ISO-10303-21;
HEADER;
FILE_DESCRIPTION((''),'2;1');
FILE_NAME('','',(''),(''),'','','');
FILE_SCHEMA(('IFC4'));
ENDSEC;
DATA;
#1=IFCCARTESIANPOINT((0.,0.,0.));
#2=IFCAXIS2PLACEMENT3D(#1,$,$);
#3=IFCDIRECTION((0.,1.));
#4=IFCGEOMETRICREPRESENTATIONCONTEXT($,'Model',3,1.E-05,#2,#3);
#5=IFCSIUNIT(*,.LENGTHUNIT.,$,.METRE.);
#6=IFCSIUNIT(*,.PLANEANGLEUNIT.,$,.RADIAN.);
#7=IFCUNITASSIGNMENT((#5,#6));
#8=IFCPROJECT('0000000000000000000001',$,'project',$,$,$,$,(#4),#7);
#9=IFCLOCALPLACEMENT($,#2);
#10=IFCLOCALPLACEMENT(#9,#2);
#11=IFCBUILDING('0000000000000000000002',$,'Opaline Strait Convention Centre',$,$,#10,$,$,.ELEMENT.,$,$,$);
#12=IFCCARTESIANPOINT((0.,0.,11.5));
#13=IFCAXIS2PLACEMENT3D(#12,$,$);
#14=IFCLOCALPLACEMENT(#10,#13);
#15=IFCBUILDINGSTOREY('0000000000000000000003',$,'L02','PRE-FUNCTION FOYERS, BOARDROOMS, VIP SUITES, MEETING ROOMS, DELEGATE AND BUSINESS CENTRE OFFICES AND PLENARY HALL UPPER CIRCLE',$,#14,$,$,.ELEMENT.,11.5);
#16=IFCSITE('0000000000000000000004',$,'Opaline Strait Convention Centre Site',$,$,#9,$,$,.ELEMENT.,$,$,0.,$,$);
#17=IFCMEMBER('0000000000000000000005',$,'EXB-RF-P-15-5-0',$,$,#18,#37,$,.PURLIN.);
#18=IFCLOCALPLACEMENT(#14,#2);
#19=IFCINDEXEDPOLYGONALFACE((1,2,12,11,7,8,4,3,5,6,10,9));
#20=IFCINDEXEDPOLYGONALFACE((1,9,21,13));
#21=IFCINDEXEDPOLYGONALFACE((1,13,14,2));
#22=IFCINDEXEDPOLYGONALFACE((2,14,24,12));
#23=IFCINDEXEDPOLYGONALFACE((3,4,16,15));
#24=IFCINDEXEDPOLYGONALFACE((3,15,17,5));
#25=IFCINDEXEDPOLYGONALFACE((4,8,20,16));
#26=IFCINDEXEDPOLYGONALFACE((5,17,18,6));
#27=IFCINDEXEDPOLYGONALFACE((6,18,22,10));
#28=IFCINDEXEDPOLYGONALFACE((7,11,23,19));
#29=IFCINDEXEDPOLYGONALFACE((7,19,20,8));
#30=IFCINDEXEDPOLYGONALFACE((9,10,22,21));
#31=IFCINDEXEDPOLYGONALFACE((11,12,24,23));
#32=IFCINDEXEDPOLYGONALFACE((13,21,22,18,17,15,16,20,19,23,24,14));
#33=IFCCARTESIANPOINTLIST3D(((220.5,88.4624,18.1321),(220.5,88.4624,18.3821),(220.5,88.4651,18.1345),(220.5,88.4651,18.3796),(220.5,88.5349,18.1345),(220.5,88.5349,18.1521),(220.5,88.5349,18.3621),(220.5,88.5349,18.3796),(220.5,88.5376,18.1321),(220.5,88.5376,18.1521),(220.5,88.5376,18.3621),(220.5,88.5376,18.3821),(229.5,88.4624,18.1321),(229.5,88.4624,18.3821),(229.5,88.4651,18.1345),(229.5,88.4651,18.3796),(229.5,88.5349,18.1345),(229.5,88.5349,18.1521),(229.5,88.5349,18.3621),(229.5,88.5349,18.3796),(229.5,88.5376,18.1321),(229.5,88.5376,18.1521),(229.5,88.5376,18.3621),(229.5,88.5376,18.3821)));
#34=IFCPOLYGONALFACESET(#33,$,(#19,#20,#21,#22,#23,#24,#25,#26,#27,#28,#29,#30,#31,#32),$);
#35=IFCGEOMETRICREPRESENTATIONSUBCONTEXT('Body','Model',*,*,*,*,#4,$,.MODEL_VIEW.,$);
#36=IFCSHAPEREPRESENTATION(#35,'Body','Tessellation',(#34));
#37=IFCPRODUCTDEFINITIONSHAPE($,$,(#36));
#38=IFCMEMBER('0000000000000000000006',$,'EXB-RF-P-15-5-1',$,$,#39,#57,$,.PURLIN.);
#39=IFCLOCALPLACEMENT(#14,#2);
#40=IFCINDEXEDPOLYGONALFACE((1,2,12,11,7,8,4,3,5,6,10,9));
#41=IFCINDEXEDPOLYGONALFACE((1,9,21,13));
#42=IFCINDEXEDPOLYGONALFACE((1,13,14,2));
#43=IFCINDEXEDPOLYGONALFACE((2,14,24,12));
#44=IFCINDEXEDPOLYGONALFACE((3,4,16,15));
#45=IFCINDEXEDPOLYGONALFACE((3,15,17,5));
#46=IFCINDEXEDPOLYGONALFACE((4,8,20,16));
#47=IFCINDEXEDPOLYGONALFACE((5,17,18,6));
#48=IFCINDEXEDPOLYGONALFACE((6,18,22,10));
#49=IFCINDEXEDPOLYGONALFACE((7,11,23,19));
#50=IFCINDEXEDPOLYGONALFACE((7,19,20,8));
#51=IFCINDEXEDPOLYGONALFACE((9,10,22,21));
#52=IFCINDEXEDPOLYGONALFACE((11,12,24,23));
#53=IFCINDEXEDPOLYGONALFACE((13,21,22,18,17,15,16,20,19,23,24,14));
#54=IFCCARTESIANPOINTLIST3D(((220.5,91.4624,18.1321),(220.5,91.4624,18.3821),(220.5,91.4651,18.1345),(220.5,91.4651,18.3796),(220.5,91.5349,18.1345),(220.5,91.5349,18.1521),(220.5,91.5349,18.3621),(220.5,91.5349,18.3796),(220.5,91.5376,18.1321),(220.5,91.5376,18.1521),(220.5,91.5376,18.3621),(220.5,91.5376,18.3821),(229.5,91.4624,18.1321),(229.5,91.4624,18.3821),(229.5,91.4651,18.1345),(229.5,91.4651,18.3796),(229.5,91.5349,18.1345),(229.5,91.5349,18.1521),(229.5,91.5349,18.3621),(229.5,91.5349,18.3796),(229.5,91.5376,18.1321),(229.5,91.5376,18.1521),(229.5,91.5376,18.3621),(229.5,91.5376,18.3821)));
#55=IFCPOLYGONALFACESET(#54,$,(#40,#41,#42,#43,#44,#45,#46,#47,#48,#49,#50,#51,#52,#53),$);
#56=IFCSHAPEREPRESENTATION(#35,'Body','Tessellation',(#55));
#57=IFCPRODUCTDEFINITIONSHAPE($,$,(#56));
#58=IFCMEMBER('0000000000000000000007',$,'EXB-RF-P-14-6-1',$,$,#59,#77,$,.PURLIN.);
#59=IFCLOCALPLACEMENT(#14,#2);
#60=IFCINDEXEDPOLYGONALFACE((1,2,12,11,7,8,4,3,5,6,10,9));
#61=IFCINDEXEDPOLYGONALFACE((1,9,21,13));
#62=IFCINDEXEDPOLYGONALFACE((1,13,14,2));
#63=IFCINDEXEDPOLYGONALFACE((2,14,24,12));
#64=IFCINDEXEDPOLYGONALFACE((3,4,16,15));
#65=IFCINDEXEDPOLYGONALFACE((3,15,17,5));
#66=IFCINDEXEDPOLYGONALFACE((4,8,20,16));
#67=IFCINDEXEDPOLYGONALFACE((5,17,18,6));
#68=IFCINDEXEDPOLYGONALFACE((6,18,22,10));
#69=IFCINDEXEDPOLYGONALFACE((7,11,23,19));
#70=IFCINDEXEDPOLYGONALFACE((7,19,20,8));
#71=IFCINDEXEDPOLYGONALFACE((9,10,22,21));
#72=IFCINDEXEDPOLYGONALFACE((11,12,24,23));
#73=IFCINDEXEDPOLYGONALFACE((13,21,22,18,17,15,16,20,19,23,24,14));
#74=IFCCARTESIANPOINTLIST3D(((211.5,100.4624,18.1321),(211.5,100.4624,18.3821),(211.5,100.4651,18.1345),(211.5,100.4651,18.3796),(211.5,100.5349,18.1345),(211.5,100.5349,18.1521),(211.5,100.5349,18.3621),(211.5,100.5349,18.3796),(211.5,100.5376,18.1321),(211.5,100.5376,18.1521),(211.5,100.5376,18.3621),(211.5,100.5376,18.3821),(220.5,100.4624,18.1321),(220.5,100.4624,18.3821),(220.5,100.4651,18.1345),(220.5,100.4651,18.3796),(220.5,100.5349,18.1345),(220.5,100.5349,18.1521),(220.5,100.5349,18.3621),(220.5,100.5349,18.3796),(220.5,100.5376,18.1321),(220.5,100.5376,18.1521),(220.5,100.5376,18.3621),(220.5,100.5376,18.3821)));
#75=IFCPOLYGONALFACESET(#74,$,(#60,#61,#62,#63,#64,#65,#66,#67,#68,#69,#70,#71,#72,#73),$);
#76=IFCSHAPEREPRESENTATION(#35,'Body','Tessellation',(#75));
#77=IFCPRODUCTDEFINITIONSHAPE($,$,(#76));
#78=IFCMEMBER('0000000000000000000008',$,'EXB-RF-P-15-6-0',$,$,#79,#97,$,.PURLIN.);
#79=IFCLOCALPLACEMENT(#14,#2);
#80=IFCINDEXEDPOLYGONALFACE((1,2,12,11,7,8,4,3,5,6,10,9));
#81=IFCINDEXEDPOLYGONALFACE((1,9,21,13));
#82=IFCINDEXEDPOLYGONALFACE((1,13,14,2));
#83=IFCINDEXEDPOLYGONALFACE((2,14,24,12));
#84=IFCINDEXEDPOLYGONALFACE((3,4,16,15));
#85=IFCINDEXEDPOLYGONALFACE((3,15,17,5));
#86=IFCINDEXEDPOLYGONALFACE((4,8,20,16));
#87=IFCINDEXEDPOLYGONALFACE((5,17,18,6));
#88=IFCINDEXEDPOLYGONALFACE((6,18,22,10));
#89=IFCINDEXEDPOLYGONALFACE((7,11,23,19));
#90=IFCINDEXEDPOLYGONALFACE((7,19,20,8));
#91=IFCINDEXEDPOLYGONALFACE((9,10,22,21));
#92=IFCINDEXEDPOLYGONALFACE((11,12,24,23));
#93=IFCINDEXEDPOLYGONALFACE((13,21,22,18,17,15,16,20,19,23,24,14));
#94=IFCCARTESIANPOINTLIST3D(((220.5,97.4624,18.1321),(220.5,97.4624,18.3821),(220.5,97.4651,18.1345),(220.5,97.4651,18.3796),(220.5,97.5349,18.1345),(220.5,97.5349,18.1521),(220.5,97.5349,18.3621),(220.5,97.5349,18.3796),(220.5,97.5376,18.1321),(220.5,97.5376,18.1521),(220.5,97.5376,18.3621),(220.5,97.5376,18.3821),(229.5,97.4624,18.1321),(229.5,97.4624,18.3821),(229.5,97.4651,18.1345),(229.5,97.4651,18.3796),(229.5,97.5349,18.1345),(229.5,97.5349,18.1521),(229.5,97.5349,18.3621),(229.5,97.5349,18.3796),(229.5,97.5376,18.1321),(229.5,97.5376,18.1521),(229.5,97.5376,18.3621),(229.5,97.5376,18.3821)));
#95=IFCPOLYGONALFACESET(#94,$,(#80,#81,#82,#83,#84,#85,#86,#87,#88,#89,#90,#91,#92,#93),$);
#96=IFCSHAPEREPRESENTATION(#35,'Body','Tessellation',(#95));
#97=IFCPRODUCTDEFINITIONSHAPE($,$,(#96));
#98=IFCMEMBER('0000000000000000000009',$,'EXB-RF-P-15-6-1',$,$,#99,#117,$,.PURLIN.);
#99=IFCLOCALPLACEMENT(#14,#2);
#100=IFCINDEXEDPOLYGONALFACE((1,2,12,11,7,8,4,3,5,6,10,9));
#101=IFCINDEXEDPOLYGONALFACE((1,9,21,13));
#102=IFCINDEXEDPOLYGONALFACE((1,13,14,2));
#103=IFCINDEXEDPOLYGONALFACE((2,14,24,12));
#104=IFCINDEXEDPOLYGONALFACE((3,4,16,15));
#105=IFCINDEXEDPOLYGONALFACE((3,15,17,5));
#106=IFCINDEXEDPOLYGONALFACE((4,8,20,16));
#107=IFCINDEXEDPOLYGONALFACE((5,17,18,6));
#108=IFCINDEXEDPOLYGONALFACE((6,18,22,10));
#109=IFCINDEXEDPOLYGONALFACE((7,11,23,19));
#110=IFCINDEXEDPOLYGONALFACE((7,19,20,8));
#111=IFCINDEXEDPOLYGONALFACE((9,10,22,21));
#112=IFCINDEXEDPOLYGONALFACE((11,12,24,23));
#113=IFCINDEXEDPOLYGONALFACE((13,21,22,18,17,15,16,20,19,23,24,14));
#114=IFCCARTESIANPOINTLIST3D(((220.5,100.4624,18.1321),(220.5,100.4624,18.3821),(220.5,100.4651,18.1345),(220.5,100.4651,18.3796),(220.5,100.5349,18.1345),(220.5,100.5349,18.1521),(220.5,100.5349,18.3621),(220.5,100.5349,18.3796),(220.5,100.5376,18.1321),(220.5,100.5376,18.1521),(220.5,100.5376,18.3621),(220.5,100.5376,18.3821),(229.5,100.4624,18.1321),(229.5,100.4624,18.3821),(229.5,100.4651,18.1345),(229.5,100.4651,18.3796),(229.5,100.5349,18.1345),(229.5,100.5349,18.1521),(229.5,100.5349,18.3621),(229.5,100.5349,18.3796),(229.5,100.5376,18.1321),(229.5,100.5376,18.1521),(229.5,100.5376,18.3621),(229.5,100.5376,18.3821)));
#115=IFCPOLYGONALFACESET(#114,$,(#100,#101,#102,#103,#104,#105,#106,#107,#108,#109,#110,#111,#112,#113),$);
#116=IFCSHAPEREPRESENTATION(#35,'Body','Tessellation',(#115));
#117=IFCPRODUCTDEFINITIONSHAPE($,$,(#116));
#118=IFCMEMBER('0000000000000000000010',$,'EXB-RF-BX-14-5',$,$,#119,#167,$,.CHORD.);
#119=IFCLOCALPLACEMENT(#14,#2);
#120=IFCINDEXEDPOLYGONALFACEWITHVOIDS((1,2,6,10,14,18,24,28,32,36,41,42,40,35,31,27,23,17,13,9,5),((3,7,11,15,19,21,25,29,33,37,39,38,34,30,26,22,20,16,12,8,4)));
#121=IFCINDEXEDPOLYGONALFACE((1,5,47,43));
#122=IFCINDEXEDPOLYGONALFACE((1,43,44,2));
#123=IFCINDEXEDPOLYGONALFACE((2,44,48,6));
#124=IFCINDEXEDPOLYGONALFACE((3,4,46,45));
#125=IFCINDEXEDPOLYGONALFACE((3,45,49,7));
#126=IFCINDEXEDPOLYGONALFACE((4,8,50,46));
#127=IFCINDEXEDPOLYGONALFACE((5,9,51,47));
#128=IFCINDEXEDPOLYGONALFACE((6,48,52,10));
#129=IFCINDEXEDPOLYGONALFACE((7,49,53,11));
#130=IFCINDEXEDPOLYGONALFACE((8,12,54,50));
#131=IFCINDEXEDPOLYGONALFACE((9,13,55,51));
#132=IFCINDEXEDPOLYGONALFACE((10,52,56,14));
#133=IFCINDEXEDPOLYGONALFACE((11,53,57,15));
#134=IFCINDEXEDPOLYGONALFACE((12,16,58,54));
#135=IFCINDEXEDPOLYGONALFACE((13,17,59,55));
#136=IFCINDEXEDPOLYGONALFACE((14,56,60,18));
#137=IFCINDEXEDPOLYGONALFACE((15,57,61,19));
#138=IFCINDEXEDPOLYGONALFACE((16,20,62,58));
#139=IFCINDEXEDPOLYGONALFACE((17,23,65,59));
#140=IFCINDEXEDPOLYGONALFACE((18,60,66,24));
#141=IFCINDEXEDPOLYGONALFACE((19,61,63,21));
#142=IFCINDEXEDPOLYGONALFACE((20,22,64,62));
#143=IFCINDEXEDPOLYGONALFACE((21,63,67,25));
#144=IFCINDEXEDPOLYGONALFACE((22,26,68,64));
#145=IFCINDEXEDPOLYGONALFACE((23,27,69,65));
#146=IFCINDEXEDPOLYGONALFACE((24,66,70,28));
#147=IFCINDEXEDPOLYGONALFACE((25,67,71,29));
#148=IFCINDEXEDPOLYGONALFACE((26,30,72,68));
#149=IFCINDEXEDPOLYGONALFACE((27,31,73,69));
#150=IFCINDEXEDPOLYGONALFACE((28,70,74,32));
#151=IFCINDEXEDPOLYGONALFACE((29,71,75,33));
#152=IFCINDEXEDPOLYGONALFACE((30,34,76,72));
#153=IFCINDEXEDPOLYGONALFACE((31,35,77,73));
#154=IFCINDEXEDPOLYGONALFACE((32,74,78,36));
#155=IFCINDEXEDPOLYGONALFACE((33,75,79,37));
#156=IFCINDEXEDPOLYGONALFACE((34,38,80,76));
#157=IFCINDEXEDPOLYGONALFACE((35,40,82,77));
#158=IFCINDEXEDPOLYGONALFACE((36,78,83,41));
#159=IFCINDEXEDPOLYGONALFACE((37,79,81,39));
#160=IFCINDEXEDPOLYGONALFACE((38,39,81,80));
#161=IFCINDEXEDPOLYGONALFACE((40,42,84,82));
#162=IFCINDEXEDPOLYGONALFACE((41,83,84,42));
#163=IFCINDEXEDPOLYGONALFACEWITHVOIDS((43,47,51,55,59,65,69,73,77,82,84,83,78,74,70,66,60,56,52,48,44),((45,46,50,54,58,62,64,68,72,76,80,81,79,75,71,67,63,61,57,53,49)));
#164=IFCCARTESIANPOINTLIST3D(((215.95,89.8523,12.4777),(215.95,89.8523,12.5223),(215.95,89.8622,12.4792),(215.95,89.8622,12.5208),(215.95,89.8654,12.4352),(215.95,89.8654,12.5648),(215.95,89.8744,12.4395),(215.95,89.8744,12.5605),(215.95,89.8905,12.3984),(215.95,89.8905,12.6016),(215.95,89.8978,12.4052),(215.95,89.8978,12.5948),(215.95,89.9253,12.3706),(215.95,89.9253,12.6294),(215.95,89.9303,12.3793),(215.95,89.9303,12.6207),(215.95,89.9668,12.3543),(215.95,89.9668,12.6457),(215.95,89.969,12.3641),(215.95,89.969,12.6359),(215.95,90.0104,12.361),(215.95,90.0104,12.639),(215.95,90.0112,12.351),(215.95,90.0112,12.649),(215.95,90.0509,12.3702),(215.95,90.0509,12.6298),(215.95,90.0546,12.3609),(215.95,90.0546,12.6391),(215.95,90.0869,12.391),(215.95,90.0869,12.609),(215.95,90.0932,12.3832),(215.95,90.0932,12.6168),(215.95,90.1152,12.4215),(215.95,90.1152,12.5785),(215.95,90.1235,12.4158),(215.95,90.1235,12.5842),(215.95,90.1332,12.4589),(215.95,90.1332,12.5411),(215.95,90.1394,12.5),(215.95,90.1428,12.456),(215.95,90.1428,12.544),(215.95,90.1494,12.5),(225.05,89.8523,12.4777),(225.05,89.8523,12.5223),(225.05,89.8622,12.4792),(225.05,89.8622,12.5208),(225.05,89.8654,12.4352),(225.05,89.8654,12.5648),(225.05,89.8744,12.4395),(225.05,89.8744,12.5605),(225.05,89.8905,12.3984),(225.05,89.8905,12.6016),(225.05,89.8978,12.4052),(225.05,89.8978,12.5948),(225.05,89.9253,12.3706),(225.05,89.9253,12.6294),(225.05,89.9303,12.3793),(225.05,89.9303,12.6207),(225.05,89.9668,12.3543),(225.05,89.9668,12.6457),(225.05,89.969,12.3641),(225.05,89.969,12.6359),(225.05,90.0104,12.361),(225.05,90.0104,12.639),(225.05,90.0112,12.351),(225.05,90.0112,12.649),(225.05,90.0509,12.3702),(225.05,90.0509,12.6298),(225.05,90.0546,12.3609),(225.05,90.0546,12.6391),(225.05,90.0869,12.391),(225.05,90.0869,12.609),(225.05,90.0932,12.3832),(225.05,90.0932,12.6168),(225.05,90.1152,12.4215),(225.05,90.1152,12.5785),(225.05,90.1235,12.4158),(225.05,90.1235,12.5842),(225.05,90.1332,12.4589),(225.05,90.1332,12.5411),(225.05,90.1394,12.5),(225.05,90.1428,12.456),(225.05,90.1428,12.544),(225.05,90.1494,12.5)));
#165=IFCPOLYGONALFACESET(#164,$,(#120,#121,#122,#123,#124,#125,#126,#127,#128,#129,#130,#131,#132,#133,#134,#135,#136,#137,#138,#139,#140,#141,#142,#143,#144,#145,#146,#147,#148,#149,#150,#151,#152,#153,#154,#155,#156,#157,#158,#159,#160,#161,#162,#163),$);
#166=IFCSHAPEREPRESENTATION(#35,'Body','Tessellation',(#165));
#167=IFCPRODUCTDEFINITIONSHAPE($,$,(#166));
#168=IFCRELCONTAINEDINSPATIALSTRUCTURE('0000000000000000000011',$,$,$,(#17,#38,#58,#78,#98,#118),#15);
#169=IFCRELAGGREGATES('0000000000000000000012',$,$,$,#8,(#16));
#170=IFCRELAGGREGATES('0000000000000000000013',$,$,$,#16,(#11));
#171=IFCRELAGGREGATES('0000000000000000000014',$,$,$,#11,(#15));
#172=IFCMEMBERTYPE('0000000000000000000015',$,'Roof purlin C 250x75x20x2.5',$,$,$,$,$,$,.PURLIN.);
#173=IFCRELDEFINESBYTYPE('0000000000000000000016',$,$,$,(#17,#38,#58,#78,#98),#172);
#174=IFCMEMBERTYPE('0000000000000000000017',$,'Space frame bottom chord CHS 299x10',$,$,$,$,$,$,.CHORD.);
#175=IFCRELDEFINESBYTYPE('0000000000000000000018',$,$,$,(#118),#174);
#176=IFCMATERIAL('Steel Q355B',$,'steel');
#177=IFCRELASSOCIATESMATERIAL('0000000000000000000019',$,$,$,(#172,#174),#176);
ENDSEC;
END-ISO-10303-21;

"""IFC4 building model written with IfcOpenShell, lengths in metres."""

from ifc_helpers import new_model, si_unit, direction, frame, origin, origin_2d, place, context, subcontext, project, spatial, polyline, hollow_circle, outline, extrude, material, material_profile, profile_set, type_object, element, save


model = new_model("IFC4")

# Units and contexts
model_context = context("Model", 3, precision=1e-05, world=origin(), true_north=direction((0.0, 1.0)))
body_context = subcontext(model_context, "Body", "Model", "MODEL_VIEW")
ifc_project = project(units=[si_unit("LENGTHUNIT", "METRE"), si_unit("PLANEANGLEUNIT", "RADIAN")], contexts=[model_context])

# Site, building, storey
site_placement = place(None, origin())
site = spatial("IfcSite", under=ifc_project, at=site_placement, Name="Opaline Strait Convention Centre Site", CompositionType="ELEMENT", RefElevation=0.0)
building_placement = place(site_placement, origin())
building = spatial("IfcBuilding", under=site, at=building_placement, Name="Opaline Strait Convention Centre", CompositionType="ELEMENT")
storey_placement = place(building_placement, frame((0.0, 0.0, 11.5)))
storey = spatial("IfcBuildingStorey", under=building, at=storey_placement, Name="L02", Description="PRE-FUNCTION FOYERS, BOARDROOMS, VIP SUITES, MEETING ROOMS, DELEGATE AND BUSINESS CENTRE OFFICES AND PLENARY HALL UPPER CIRCLE", CompositionType="ELEMENT", Elevation=11.5)

# Members
ifc_material = material(Name="Steel Q355B", Category="steel")
ifc_material_profile_1 = material_profile(ifc_material, outline(polyline([(-0.0376, -0.125), (0.0376, -0.125), (0.0376, -0.105), (0.0349, -0.105), (0.0349, -0.1226), (-0.0349, -0.1226), (-0.0349, 0.1226), (0.0349, 0.1226), (0.0349, 0.105), (0.0376, 0.105), (0.0376, 0.125), (-0.0376, 0.125), (-0.0376, -0.125)])), Name="C 250x75x20x2.5")
ifc_profile_set_1 = profile_set([ifc_material_profile_1], Name="Steel Q355B")
member_type_1 = type_object("IfcMemberType", Name="Roof purlin C 250x75x20x2.5", PredefinedType="PURLIN", material=ifc_profile_set_1)
for number, where, z_axis, x_axis, name in (
    (1, (220.5, 88.5, 18.2571), (1.0, 0.0, 0.0), (0.0, 1.0, 0.0), "EXB-RF-P-15-5-0"),
    (2, (220.5, 91.5, 18.2571), (1.0, 0.0, 0.0), (0.0, 1.0, 0.0), "EXB-RF-P-15-5-1"),
    (3, (211.5, 100.5, 18.2571), (1.0, 0.0, 0.0), (0.0, 1.0, 0.0), "EXB-RF-P-14-6-1"),
    (4, (220.5, 97.5, 18.2571), (1.0, 0.0, 0.0), (0.0, 1.0, 0.0), "EXB-RF-P-15-6-0"),
    (5, (220.5, 100.5, 18.2571), (1.0, 0.0, 0.0), (0.0, 1.0, 0.0), "EXB-RF-P-15-6-1"),
):
    element("IfcMember", number, at=place(storey_placement, frame(where, z_axis=z_axis, x_axis=x_axis)), inside=storey, type_object=member_type_1, Name=name, PredefinedType="PURLIN", context=body_context, shape_type="SweptSolid", body=[
        extrude(outline(polyline([(-0.0376, -0.125), (0.0376, -0.125), (0.0376, -0.105), (0.0349, -0.105), (0.0349, -0.1226), (-0.0349, -0.1226), (-0.0349, 0.1226), (0.0349, 0.1226), (0.0349, 0.105), (0.0376, 0.105), (0.0376, 0.125), (-0.0376, 0.125), (-0.0376, -0.125)])), origin(), (0.0, 0.0, 1.0), 9.0),
    ])
ifc_material_profile_2 = material_profile(ifc_material, hollow_circle(Radius=0.1494, WallThickness=0.01, at=origin_2d()), Name="CHS 299x10")
ifc_profile_set_2 = profile_set([ifc_material_profile_2], Name="Steel Q355B")
member_type_2 = type_object("IfcMemberType", Name="Space frame bottom chord CHS 299x10", PredefinedType="CHORD", material=ifc_profile_set_2)
for number, where, z_axis, x_axis, name in (
    (6, (215.95, 90.0, 12.5), (1.0, 0.0, 0.0), (0.0, 1.0, 0.0), "EXB-RF-BX-14-5"),
):
    element("IfcMember", number, at=place(storey_placement, frame(where, z_axis=z_axis, x_axis=x_axis)), inside=storey, type_object=member_type_2, Name=name, PredefinedType="CHORD", context=body_context, shape_type="SweptSolid", body=[
        extrude(hollow_circle(Radius=0.1494, WallThickness=0.01, at=origin_2d()), origin(), (0.0, 0.0, 1.0), 9.1001),
    ])

save(model, "model.ifc")
